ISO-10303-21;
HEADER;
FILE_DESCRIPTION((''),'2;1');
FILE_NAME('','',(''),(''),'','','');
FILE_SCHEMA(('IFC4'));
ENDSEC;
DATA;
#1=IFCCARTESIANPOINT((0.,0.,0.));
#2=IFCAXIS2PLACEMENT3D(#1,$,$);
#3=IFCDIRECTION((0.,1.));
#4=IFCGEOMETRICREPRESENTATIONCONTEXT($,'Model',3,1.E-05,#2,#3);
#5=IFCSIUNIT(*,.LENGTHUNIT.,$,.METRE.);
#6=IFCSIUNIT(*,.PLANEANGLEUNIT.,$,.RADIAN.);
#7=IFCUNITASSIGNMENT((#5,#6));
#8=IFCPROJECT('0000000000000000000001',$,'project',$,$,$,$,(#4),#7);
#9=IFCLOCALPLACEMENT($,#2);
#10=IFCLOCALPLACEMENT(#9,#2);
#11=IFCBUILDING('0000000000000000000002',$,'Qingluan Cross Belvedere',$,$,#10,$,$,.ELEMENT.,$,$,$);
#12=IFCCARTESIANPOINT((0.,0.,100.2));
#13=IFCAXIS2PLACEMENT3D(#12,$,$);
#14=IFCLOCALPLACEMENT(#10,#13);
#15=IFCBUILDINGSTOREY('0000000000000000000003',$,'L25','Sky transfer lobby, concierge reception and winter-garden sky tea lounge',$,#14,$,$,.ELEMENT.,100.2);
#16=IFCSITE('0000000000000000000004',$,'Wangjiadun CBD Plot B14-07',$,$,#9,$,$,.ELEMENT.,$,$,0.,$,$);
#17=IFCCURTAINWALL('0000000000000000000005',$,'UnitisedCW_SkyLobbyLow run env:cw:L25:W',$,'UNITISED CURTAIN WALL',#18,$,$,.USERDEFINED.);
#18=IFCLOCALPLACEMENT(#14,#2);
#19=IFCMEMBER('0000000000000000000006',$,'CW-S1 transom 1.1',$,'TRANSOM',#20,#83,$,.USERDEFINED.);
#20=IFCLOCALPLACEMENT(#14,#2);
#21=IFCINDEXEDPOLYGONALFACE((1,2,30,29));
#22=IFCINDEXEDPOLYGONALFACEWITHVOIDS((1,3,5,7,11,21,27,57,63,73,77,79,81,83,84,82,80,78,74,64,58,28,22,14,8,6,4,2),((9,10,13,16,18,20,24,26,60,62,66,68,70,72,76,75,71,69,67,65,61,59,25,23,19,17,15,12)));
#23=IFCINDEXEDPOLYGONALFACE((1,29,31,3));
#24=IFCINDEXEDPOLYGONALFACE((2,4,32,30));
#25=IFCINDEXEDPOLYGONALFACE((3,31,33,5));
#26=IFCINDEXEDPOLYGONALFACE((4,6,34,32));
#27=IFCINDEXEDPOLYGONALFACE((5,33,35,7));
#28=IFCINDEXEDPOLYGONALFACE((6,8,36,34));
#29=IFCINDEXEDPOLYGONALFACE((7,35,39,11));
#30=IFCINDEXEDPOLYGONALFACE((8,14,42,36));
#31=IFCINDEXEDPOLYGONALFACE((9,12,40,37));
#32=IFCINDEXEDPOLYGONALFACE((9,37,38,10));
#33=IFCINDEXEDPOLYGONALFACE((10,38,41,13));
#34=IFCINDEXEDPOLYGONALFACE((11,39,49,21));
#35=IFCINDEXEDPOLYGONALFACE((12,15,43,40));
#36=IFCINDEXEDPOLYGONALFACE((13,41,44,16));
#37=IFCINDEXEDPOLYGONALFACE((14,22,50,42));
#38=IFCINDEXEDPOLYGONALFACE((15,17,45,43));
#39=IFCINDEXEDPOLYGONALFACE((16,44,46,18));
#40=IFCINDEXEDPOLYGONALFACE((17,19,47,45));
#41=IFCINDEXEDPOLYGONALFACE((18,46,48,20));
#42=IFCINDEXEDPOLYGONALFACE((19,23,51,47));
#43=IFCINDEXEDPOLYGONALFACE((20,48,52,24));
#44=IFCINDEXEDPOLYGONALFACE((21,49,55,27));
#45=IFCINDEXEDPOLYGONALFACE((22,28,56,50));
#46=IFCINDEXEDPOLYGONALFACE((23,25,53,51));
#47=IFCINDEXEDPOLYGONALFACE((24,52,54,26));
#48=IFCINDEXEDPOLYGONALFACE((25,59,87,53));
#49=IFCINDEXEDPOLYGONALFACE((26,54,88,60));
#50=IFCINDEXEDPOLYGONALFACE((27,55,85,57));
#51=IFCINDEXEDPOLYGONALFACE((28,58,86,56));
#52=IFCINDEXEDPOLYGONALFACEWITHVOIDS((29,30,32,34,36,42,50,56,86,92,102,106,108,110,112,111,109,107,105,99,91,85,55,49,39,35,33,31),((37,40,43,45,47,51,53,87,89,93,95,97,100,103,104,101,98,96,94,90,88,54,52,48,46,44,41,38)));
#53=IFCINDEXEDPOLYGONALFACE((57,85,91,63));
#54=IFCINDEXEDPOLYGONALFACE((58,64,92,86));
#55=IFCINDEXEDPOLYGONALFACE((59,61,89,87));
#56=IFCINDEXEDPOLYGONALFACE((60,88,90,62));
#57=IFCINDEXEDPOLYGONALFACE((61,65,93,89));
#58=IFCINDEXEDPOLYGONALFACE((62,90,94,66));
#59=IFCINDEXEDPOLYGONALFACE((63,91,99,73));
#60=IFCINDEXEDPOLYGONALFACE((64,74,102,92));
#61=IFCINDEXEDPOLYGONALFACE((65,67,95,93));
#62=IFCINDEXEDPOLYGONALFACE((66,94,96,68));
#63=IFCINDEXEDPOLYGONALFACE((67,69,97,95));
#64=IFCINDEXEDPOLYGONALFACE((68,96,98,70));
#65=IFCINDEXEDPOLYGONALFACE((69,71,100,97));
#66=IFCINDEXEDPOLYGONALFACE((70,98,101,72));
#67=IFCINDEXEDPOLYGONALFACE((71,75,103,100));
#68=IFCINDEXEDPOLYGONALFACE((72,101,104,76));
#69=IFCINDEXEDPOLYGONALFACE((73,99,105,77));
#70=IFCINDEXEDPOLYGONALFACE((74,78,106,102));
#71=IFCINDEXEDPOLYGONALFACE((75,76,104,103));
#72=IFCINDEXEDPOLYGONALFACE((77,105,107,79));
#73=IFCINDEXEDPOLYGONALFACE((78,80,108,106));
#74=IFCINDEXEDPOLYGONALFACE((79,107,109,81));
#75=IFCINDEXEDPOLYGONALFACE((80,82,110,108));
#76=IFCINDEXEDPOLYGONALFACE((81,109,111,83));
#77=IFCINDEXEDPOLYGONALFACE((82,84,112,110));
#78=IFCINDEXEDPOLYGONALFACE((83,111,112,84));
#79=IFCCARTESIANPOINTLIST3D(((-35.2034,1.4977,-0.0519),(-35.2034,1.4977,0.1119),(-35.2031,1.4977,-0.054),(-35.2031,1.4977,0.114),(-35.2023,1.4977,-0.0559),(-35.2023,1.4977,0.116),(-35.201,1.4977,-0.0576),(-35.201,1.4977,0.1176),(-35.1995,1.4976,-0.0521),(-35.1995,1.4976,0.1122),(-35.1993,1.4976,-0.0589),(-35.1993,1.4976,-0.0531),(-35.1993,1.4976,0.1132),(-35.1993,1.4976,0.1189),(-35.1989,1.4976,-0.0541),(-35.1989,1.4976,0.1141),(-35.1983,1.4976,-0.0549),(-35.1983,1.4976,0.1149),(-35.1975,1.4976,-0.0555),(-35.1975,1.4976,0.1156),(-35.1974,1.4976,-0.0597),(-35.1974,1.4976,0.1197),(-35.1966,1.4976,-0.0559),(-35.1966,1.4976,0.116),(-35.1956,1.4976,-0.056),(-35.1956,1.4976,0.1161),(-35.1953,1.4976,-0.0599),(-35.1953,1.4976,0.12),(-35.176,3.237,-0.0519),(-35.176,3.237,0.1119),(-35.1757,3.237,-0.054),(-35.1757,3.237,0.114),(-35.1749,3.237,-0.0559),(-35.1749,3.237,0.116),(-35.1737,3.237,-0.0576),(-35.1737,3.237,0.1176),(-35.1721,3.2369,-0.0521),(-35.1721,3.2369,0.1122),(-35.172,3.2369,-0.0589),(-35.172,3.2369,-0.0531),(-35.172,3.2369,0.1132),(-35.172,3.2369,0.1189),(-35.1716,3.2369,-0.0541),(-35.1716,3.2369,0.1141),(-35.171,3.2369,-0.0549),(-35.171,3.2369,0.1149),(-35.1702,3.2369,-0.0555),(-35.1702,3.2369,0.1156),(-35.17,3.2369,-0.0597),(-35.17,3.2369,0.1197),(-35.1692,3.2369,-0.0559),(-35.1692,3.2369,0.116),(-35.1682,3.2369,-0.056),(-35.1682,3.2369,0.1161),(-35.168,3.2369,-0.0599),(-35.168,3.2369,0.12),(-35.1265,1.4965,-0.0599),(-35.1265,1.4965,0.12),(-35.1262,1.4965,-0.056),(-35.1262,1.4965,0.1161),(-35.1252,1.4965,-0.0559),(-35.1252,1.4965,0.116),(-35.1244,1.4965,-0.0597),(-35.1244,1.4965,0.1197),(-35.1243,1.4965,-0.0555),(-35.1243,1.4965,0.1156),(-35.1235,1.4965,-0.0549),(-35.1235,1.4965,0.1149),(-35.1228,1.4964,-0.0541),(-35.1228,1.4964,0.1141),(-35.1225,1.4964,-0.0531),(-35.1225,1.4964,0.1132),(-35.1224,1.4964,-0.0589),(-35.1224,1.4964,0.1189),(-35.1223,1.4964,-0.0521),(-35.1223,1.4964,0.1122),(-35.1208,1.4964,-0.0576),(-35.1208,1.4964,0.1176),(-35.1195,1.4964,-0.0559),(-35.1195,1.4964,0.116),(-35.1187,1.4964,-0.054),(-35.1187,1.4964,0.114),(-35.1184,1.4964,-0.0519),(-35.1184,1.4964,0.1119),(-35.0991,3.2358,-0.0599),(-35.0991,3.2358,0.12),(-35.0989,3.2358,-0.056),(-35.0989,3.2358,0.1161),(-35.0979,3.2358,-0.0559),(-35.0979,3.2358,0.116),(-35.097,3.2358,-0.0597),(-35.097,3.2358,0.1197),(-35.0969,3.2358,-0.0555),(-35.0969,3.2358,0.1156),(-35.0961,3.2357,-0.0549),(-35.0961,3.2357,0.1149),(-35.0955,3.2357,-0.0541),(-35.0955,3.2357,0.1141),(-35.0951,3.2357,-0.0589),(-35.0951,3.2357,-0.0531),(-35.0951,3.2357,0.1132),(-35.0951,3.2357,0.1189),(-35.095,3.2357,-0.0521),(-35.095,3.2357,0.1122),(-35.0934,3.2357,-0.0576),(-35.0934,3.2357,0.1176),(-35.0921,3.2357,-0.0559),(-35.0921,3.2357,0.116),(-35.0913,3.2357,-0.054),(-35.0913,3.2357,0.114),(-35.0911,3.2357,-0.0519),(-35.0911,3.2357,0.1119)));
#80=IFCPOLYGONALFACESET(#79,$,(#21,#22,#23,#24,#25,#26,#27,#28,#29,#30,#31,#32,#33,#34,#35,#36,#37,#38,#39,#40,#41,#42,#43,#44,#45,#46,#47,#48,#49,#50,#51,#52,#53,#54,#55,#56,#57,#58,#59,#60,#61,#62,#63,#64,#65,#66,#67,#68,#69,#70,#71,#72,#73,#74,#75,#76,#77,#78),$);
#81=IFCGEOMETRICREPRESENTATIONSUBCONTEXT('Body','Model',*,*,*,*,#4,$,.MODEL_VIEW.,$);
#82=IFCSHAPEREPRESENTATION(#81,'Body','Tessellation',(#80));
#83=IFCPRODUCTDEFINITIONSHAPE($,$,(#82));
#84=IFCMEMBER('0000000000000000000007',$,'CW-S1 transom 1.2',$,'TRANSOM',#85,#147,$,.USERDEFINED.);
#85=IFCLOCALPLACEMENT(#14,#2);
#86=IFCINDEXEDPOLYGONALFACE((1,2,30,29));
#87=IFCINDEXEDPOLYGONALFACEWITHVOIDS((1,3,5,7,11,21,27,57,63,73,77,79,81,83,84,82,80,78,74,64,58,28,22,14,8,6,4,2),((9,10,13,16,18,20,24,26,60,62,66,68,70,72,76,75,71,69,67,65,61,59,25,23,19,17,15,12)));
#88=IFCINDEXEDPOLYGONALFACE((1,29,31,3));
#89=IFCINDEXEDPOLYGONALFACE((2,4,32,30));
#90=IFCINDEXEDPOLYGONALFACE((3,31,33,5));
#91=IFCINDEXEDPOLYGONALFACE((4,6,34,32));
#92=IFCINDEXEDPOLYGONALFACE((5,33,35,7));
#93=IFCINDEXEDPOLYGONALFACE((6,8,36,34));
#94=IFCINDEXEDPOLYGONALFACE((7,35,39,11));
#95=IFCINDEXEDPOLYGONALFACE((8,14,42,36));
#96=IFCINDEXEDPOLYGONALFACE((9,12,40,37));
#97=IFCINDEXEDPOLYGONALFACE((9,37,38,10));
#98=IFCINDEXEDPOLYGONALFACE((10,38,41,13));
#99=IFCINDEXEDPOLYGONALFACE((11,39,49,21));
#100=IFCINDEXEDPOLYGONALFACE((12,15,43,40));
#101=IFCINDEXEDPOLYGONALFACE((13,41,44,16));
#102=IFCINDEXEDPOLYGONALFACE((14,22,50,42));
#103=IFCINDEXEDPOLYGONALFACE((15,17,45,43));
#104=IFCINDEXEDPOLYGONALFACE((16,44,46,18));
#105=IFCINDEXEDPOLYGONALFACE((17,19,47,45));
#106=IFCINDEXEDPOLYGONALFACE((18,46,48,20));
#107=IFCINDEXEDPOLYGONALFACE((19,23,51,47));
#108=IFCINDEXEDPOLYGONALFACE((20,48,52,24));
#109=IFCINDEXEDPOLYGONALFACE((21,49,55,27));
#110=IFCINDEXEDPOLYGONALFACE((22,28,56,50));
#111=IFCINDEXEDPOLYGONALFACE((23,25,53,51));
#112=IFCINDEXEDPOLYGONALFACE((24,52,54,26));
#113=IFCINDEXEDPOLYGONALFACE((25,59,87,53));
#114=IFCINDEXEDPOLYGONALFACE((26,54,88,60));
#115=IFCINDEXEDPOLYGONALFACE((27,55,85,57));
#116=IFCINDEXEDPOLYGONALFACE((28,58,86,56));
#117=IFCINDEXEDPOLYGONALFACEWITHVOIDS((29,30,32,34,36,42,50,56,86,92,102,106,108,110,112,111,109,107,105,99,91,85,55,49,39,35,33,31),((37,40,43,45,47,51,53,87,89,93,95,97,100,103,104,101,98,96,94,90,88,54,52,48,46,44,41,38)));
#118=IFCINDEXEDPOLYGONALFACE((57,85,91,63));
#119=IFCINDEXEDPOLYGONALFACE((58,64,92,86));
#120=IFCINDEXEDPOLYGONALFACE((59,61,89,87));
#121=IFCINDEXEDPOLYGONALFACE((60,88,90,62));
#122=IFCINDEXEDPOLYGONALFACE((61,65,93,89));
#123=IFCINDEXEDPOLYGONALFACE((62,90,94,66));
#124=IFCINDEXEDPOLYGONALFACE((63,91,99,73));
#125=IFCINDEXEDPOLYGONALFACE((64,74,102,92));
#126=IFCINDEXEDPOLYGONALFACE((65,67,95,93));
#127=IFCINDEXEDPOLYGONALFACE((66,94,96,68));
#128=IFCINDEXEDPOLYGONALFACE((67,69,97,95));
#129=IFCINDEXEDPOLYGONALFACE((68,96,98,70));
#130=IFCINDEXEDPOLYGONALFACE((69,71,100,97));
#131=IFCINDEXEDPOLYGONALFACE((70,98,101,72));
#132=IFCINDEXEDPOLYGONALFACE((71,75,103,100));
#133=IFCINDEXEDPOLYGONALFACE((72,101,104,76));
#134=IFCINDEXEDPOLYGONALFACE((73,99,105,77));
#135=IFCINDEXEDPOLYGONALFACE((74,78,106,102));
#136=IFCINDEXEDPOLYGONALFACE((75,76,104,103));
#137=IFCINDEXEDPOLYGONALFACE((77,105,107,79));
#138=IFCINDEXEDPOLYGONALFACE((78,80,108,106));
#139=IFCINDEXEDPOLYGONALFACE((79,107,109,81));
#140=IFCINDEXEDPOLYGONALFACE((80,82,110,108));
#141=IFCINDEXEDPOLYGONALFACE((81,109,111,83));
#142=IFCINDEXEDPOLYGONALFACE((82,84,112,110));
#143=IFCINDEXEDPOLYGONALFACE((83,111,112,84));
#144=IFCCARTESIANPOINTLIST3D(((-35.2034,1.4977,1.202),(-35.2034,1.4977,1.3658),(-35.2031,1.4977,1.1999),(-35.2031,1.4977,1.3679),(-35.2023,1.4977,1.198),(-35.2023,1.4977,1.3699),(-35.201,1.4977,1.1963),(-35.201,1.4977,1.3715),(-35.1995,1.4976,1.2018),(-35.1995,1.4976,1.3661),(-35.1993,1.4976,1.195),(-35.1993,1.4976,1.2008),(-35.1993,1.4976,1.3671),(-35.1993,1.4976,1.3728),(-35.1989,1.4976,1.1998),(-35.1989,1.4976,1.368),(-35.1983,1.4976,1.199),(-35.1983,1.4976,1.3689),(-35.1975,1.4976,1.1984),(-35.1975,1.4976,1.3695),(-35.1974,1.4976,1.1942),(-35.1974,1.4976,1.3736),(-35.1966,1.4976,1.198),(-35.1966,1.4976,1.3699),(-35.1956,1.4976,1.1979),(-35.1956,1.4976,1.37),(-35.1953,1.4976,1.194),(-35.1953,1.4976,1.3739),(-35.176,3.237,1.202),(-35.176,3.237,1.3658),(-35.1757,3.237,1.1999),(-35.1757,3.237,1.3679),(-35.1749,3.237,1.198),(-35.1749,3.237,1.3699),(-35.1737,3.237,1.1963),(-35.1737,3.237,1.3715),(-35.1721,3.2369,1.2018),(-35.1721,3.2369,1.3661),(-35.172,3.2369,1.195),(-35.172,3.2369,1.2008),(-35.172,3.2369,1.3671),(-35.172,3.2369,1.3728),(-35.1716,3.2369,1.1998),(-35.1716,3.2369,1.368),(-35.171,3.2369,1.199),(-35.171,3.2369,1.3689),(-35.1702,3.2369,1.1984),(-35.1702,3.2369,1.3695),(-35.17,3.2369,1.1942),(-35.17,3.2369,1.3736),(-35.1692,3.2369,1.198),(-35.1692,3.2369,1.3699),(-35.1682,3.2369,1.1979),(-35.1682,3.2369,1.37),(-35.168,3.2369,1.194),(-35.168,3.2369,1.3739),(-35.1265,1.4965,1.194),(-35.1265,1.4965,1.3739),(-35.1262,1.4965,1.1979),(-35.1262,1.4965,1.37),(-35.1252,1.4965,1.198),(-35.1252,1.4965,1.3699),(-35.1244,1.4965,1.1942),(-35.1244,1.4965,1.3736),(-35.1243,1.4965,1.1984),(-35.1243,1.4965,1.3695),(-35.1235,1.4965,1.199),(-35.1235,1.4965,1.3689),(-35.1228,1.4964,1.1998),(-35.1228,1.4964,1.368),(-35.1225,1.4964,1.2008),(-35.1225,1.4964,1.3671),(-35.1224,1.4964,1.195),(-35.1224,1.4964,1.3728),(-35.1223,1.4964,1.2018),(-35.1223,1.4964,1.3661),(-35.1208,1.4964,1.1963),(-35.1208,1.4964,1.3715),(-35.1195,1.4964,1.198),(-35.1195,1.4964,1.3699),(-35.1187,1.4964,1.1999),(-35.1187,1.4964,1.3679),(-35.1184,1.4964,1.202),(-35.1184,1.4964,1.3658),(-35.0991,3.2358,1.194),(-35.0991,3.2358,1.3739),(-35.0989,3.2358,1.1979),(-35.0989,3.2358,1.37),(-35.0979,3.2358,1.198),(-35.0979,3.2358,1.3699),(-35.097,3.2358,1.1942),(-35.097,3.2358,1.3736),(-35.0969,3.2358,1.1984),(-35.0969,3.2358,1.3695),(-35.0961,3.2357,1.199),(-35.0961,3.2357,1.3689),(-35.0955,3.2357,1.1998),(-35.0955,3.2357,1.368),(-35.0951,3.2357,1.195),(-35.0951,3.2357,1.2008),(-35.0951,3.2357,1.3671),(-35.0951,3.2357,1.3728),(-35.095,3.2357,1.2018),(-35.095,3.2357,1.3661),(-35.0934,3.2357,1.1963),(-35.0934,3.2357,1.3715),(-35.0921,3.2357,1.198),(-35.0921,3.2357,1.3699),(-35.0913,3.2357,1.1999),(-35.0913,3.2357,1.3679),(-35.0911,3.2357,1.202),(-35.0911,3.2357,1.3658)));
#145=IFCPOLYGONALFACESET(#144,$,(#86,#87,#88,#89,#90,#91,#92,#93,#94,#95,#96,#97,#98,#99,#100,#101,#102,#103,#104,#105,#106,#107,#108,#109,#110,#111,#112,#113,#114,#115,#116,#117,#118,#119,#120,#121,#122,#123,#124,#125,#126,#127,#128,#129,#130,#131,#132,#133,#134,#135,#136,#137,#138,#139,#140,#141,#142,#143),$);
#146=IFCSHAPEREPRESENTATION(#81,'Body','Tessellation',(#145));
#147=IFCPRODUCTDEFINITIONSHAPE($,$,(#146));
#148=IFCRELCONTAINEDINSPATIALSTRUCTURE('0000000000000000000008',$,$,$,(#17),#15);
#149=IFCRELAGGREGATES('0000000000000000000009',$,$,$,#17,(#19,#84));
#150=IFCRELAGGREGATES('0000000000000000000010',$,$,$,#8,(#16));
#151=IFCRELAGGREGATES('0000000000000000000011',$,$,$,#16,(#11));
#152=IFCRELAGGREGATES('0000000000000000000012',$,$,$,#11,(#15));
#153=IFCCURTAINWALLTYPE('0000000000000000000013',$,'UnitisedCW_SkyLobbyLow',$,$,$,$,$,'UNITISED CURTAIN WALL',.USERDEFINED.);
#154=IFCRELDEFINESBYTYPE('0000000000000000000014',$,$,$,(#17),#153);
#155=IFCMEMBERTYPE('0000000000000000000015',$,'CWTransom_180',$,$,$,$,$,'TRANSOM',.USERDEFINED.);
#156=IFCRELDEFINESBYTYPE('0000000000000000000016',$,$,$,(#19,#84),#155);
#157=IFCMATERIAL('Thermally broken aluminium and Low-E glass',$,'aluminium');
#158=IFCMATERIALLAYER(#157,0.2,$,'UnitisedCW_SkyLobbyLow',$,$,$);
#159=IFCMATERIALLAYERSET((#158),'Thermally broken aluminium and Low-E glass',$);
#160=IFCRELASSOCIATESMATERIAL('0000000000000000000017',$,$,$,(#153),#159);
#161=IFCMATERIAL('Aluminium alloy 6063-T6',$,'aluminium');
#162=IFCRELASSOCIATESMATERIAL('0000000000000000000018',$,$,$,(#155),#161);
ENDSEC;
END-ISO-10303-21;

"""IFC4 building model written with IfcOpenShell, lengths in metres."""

from ifc_helpers import new_model, si_unit, direction, frame, origin, origin_2d, place, context, subcontext, project, spatial, hollow_rectangle, extrude, material, layer, layer_set, material_profile, profile_set, type_object, element, aggregate, save


model = new_model("IFC4")

# Units and contexts
model_context = context("Model", 3, precision=1e-05, world=origin(), true_north=direction((0.0, 1.0)))
body_context = subcontext(model_context, "Body", "Model", "MODEL_VIEW")
ifc_project = project(units=[si_unit("LENGTHUNIT", "METRE"), si_unit("PLANEANGLEUNIT", "RADIAN")], contexts=[model_context])

# Site, building, storey
site_placement = place(None, origin())
site = spatial("IfcSite", under=ifc_project, at=site_placement, Name="Wangjiadun CBD Plot B14-07", CompositionType="ELEMENT", RefElevation=0.0)
building_placement = place(site_placement, origin())
building = spatial("IfcBuilding", under=site, at=building_placement, Name="Qingluan Cross Belvedere", CompositionType="ELEMENT")
storey_placement = place(building_placement, frame((0.0, 0.0, 100.2)))
storey = spatial("IfcBuildingStorey", under=building, at=storey_placement, Name="L25", Description="Sky transfer lobby, concierge reception and winter-garden sky tea lounge", CompositionType="ELEMENT", Elevation=100.2)

# Curtain wall, members
ifc_material_1 = material(Name="Thermally broken aluminium and Low-E glass", Category="aluminium")
ifc_layer_1 = layer(ifc_material_1, 0.2, Name="UnitisedCW_SkyLobbyLow")
ifc_layer_set_1 = layer_set([ifc_layer_1], Name="Thermally broken aluminium and Low-E glass")
curtain_wall_type = type_object("IfcCurtainWallType", Name="UnitisedCW_SkyLobbyLow", ElementType="UNITISED CURTAIN WALL", PredefinedType="USERDEFINED", material=ifc_layer_set_1)
curtain_wall_placement = place(storey_placement, origin())
curtain_wall = element("IfcCurtainWall", 1, at=curtain_wall_placement, inside=storey, type_object=curtain_wall_type, Name="UnitisedCW_SkyLobbyLow run env:cw:L25:W", ObjectType="UNITISED CURTAIN WALL", PredefinedType="USERDEFINED")
ifc_material_2 = material(Name="Aluminium alloy 6063-T6", Category="aluminium")
ifc_material_profile_1 = material_profile(ifc_material_2, hollow_rectangle(XDim=0.085, YDim=0.1799, WallThickness=0.0039, InnerFilletRadius=0.0039, OuterFilletRadius=0.0081, at=origin_2d()), Name="CWT180x85x4")
ifc_profile_set_1 = profile_set([ifc_material_profile_1], Name="Aluminium alloy 6063-T6")
member_type_1 = type_object("IfcMemberType", Name="CWTransom_180", ElementType="TRANSOM", PredefinedType="USERDEFINED", material=ifc_profile_set_1)
member_1_placement = place(storey_placement, frame((-35.1335, 3.2363, 0.03), z_axis=(-0.01572, -0.999876, 0.0), x_axis=(0.999876, -0.01572, 0.0)))
member_1 = element("IfcMember", 2, at=member_1_placement, type_object=member_type_1, Name="CW-S1 transom 1.1", ObjectType="TRANSOM", PredefinedType="USERDEFINED", context=body_context, shape_type="SweptSolid", body=[
    extrude(hollow_rectangle(XDim=0.085, YDim=0.1799, WallThickness=0.0039, InnerFilletRadius=0.0039, OuterFilletRadius=0.0081, at=origin_2d()), origin(), (0.0, 0.0, 1.0), 1.7395),
])
member_2_placement = place(storey_placement, frame((-35.1335, 3.2363, 1.2839), z_axis=(-0.01572, -0.999876, 0.0), x_axis=(0.999876, -0.01572, 0.0)))
member_2 = element("IfcMember", 3, at=member_2_placement, type_object=member_type_1, Name="CW-S1 transom 1.2", ObjectType="TRANSOM", PredefinedType="USERDEFINED", context=body_context, shape_type="SweptSolid", body=[
    extrude(hollow_rectangle(XDim=0.085, YDim=0.1799, WallThickness=0.0039, InnerFilletRadius=0.0039, OuterFilletRadius=0.0081, at=origin_2d()), origin(), (0.0, 0.0, 1.0), 1.7395),
])

aggregate(curtain_wall, [member_1, member_2])

save(model, "model.ifc")
